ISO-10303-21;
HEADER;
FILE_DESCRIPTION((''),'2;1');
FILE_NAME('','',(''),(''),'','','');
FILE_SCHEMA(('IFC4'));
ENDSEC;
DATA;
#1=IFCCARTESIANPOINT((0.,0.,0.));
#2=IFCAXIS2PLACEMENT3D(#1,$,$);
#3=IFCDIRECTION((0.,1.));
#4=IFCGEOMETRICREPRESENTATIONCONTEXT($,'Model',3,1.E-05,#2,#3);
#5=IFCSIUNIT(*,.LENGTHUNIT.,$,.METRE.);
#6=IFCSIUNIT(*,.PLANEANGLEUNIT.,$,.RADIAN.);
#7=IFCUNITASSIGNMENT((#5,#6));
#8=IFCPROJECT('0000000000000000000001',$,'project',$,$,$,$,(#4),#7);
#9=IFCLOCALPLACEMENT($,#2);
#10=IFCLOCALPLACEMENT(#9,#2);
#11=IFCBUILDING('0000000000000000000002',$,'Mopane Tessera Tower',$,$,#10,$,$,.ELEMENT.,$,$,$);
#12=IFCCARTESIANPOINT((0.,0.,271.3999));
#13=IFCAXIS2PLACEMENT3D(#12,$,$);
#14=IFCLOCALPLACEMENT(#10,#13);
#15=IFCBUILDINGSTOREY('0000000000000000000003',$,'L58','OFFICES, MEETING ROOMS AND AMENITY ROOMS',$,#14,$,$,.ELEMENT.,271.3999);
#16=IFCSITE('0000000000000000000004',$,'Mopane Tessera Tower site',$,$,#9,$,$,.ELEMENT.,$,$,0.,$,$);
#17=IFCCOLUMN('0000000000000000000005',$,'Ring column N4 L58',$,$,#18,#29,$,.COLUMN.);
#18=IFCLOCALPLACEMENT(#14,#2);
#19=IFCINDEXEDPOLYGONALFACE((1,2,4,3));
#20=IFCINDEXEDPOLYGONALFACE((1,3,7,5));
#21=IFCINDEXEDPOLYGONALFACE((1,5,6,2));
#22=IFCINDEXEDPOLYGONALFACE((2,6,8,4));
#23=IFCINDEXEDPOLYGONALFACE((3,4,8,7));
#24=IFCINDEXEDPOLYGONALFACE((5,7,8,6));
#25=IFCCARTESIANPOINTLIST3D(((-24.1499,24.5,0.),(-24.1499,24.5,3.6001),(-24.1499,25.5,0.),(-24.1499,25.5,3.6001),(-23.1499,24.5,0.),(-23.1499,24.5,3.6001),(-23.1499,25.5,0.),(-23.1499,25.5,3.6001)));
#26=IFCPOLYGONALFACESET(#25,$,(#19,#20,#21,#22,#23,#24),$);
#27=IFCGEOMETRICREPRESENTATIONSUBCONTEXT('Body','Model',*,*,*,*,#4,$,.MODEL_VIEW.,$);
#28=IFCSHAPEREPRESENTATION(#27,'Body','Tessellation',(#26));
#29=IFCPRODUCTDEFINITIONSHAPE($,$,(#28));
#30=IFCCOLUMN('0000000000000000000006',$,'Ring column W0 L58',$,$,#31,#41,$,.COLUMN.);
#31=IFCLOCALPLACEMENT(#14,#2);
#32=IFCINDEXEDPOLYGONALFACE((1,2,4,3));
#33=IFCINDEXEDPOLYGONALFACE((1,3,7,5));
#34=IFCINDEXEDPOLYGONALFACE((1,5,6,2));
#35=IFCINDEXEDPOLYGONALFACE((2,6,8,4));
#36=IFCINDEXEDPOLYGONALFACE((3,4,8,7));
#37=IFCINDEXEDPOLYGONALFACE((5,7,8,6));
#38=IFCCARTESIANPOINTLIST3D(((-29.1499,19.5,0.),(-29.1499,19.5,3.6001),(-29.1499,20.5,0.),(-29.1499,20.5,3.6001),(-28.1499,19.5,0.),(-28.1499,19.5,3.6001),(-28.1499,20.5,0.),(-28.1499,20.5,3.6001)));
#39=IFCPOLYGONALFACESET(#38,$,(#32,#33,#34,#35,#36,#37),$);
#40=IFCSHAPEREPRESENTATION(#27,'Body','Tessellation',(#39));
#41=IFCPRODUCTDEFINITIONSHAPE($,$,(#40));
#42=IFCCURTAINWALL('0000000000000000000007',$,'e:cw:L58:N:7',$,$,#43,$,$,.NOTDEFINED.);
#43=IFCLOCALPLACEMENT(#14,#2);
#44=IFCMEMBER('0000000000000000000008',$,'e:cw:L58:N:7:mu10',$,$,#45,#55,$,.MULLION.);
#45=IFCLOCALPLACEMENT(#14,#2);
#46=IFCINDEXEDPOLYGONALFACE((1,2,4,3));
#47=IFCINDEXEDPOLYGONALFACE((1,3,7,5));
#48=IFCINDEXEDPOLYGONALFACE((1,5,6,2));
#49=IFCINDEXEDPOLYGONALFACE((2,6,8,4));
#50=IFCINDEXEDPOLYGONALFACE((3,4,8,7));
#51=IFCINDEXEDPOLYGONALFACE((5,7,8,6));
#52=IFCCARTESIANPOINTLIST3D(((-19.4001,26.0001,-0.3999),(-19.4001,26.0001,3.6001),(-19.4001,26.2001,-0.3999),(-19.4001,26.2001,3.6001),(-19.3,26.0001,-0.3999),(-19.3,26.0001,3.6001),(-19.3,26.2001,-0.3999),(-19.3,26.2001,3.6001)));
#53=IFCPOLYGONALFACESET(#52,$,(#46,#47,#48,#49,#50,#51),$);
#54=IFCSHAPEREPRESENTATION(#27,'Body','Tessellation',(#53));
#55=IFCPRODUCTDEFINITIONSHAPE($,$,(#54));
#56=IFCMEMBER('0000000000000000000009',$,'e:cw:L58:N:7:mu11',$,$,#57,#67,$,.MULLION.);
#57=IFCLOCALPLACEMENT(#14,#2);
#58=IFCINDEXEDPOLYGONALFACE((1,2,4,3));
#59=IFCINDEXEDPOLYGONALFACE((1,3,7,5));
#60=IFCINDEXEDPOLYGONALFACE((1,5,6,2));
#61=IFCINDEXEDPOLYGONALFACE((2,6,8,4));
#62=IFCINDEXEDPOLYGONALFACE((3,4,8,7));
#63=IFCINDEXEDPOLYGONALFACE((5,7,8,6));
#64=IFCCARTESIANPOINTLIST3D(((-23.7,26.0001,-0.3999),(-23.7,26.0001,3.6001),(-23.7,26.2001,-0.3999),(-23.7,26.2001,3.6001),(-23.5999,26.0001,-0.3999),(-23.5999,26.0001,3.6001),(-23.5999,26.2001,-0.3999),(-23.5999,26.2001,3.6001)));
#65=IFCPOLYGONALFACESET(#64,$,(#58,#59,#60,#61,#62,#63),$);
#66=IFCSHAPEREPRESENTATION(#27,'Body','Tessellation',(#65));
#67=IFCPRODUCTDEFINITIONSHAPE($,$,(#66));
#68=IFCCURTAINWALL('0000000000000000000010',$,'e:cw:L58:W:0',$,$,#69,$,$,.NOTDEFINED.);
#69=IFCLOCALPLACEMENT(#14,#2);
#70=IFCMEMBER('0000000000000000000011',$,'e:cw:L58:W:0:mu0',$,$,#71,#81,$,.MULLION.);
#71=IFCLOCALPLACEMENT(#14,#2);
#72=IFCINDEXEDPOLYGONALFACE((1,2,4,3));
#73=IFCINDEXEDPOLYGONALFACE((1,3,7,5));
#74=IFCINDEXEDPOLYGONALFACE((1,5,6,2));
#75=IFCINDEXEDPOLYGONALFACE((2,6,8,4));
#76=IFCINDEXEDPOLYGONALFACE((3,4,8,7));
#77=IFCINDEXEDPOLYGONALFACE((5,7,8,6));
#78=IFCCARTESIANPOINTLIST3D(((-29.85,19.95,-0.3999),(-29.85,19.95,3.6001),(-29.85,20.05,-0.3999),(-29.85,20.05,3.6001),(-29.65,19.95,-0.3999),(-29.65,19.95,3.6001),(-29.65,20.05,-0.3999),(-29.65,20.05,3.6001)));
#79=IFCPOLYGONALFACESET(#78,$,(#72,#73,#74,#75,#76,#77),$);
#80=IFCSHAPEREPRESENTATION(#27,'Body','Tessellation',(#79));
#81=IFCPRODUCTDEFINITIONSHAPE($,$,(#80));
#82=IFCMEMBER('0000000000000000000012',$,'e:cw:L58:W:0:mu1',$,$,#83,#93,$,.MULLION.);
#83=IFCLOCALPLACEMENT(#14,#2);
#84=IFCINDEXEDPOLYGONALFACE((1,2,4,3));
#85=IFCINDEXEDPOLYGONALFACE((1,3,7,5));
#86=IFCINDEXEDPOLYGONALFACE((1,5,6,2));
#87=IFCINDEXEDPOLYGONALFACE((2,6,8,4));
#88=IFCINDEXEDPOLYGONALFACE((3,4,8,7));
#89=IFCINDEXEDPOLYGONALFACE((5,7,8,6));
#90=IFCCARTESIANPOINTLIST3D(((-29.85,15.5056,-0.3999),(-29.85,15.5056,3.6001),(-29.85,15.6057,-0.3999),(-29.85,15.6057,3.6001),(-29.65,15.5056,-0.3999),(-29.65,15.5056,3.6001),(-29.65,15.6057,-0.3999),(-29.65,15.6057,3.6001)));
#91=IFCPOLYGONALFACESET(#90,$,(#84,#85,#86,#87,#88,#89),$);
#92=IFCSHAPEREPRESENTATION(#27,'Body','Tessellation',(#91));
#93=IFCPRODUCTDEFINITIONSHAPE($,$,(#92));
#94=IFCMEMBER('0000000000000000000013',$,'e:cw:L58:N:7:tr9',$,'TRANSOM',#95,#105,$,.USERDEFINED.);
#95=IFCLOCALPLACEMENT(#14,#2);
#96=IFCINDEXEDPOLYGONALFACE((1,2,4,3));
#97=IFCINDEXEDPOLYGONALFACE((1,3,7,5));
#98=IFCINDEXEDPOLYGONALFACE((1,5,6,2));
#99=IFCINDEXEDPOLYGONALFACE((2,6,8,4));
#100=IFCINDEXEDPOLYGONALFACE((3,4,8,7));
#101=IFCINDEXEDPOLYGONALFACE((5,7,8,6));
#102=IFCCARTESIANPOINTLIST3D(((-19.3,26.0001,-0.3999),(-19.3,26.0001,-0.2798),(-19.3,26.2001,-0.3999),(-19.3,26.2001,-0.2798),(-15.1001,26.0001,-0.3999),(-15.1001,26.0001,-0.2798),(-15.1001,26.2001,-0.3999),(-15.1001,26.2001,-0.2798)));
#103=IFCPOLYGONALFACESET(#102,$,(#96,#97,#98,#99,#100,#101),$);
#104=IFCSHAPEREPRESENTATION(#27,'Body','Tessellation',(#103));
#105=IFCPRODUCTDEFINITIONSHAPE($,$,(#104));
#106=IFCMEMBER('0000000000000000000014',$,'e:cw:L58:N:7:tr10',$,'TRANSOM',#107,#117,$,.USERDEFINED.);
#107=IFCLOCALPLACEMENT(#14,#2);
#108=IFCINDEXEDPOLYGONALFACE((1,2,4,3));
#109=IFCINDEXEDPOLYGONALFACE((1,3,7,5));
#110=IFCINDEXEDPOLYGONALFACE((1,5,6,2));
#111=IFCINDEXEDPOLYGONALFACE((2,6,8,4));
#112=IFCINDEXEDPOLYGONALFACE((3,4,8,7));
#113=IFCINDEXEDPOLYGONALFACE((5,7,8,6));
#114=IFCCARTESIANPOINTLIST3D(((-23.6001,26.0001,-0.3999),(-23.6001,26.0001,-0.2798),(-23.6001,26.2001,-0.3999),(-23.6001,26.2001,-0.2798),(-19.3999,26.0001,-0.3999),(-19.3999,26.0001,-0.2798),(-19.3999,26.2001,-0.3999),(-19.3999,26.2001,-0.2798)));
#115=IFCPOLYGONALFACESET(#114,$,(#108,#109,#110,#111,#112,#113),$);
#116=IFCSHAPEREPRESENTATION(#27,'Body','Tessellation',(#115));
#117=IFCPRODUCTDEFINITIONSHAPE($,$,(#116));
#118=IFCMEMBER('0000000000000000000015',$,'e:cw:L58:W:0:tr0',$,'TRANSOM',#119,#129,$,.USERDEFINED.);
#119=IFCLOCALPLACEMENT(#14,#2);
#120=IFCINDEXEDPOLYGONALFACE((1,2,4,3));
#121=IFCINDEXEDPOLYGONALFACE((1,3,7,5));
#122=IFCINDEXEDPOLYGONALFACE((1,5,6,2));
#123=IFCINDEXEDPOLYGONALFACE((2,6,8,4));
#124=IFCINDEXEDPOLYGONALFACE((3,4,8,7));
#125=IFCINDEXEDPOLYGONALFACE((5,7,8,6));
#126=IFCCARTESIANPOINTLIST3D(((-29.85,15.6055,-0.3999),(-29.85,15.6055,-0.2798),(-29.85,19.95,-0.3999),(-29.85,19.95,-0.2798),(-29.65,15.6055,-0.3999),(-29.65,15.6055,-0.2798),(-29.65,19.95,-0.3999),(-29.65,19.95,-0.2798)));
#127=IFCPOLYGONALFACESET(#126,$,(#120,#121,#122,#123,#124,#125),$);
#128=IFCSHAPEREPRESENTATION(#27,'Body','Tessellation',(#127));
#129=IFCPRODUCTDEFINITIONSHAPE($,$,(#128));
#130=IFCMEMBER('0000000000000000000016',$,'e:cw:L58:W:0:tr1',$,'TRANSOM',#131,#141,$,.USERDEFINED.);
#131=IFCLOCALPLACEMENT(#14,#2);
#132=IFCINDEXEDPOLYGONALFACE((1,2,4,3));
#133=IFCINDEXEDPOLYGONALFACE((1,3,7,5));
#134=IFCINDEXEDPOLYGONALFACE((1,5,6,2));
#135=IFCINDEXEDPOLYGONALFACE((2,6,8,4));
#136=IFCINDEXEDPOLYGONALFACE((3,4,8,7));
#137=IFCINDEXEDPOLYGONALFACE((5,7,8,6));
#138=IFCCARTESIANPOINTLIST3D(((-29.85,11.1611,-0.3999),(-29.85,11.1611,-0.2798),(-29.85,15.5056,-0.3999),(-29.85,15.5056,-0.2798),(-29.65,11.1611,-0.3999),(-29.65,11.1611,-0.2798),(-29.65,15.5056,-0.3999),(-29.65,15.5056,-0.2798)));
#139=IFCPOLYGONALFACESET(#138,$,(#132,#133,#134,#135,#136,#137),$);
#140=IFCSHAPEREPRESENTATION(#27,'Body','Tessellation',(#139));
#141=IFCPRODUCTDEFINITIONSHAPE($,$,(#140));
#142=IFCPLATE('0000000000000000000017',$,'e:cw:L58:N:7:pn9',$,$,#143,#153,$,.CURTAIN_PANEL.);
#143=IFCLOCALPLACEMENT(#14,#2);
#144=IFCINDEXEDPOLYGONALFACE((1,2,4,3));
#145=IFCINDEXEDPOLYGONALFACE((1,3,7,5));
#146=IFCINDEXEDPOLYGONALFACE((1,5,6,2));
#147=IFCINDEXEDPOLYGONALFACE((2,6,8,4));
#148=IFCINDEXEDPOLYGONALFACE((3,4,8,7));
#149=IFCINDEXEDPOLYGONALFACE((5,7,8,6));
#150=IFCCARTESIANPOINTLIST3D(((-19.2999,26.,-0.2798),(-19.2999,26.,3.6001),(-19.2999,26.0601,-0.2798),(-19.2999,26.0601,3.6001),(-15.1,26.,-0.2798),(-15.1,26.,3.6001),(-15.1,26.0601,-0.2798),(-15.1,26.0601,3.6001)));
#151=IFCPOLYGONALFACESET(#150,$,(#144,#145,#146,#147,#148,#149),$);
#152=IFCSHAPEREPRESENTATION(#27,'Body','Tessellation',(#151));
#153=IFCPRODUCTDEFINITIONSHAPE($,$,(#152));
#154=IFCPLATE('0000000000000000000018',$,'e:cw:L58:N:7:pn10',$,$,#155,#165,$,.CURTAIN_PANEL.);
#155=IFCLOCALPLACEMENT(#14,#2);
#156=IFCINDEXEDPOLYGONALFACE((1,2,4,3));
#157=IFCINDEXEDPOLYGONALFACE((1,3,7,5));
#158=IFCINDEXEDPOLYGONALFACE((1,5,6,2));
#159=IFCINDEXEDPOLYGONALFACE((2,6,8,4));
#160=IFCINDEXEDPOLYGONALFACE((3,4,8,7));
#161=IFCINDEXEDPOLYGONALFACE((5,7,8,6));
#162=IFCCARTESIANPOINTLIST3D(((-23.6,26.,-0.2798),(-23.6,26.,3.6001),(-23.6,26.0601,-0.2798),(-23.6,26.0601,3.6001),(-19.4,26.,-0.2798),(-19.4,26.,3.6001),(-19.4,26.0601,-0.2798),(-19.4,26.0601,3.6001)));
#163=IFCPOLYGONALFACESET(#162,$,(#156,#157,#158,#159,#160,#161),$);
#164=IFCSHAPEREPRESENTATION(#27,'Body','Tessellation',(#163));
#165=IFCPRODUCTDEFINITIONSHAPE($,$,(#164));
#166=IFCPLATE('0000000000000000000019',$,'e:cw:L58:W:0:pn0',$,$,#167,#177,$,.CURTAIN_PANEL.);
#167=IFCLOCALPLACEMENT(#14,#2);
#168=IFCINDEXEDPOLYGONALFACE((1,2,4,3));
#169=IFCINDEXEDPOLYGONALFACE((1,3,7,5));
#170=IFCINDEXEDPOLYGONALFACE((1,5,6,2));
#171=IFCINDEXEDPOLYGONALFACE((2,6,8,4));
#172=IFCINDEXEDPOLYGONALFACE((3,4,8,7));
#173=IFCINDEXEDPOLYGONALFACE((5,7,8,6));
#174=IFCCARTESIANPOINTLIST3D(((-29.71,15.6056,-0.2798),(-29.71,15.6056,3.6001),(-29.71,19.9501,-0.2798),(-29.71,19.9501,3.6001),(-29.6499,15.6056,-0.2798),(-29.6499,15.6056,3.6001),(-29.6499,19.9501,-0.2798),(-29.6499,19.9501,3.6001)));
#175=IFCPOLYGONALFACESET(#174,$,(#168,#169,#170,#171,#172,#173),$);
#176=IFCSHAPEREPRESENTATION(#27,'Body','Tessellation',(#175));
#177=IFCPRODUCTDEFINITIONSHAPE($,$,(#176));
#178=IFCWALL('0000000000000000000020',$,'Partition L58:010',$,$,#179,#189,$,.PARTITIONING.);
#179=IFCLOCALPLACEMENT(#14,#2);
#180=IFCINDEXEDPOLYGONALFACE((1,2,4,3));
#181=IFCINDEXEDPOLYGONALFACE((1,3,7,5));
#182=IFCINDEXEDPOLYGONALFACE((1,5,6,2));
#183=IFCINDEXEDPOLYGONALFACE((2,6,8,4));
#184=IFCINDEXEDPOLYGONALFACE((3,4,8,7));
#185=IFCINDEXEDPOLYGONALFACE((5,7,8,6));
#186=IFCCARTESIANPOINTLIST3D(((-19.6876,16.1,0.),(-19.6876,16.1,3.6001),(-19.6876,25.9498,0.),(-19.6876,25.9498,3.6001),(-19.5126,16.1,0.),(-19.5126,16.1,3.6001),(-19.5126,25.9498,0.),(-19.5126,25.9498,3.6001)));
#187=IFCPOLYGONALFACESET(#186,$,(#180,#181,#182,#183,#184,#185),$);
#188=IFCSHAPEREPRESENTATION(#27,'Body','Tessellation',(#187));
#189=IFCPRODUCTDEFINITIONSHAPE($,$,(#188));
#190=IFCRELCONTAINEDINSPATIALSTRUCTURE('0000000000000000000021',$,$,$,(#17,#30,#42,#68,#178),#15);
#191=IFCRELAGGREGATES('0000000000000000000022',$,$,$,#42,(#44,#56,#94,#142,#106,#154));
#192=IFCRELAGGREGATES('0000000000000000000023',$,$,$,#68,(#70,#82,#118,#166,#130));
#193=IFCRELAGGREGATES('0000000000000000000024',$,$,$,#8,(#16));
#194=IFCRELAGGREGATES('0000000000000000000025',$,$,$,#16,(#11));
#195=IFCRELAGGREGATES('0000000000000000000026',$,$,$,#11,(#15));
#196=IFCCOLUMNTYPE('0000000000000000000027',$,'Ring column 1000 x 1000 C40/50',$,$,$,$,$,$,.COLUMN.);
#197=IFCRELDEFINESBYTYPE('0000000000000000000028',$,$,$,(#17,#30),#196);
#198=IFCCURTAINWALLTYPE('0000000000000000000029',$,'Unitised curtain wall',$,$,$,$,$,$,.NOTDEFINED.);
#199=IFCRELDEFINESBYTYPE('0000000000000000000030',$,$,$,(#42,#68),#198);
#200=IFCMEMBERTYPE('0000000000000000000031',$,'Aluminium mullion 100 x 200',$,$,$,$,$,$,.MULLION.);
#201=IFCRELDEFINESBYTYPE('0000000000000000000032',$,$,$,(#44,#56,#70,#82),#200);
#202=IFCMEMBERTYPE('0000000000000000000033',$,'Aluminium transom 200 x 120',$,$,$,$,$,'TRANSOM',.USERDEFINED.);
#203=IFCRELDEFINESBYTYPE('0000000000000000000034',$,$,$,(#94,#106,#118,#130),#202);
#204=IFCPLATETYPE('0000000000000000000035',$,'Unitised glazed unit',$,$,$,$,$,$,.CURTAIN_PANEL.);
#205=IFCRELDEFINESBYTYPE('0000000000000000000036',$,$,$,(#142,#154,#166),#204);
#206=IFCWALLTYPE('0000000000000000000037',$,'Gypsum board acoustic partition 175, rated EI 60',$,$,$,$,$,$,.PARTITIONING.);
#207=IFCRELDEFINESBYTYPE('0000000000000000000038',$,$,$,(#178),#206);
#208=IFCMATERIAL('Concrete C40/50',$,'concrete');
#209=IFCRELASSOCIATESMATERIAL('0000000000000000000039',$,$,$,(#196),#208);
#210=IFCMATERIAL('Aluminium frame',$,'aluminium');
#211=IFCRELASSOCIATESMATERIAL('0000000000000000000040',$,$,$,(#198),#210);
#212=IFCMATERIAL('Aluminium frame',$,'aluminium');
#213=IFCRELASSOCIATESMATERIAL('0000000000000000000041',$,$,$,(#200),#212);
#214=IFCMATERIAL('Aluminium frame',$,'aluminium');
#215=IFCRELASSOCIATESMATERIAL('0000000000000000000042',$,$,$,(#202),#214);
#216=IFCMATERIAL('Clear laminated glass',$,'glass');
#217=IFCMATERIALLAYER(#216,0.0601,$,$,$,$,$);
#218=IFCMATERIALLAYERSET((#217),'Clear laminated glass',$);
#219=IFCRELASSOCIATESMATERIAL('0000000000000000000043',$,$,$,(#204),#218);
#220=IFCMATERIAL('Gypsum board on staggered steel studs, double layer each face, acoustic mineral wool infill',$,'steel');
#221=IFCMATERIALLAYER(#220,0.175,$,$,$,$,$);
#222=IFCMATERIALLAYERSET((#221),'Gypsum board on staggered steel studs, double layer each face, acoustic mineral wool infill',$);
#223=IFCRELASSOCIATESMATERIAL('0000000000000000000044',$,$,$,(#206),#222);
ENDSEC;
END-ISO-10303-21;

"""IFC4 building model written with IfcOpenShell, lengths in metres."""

from ifc_helpers import new_model, si_unit, direction, frame, frame_2d, origin, origin_2d, place, context, subcontext, project, spatial, rectangle, extrude, material, layer, layer_set, material_profile, profile_set, type_object, element, aggregate, save


model = new_model("IFC4")

# Units and contexts
model_context = context("Model", 3, precision=1e-05, world=origin(), true_north=direction((0.0, 1.0)))
body_context = subcontext(model_context, "Body", "Model", "MODEL_VIEW")
ifc_project = project(units=[si_unit("LENGTHUNIT", "METRE"), si_unit("PLANEANGLEUNIT", "RADIAN")], contexts=[model_context])

# Site, building, storey
site_placement = place(None, origin())
site = spatial("IfcSite", under=ifc_project, at=site_placement, Name="Mopane Tessera Tower site", CompositionType="ELEMENT", RefElevation=0.0)
building_placement = place(site_placement, origin())
building = spatial("IfcBuilding", under=site, at=building_placement, Name="Mopane Tessera Tower", CompositionType="ELEMENT")
storey_placement = place(building_placement, frame((0.0, 0.0, 271.3999)))
storey = spatial("IfcBuildingStorey", under=building, at=storey_placement, Name="L58", Description="OFFICES, MEETING ROOMS AND AMENITY ROOMS", CompositionType="ELEMENT", Elevation=271.3999)

# Columns
ifc_material_1 = material(Name="Concrete C40/50", Category="concrete")
ifc_material_profile_1 = material_profile(ifc_material_1, rectangle(XDim=1.0, YDim=1.0, at=origin_2d()))
ifc_profile_set_1 = profile_set([ifc_material_profile_1], Name="Concrete C40/50")
column_type = type_object("IfcColumnType", Name="Ring column 1000 x 1000 C40/50", PredefinedType="COLUMN", material=ifc_profile_set_1)
for number, where, z_axis, x_axis, name in (
    (1, (-23.6499, 25.0, 0.0), (0.0, 0.0, 1.0), (1.0, 0.0, 0.0), "Ring column N4 L58"),
    (2, (-28.6499, 20.0, 0.0), (0.0, 0.0, 1.0), (1.0, 0.0, 0.0), "Ring column W0 L58"),
):
    element("IfcColumn", number, at=place(storey_placement, frame(where, z_axis=z_axis, x_axis=x_axis)), inside=storey, type_object=column_type, Name=name, PredefinedType="COLUMN", context=body_context, shape_type="SweptSolid", body=[
        extrude(rectangle(XDim=1.0, YDim=1.0, at=origin_2d()), origin(), (0.0, 0.0, 1.0), 3.6001),
    ])

# Curtain walls, members
ifc_material_2 = material(Name="Aluminium frame", Category="aluminium")
curtain_wall_type = type_object("IfcCurtainWallType", Name="Unitised curtain wall", PredefinedType="NOTDEFINED", material=ifc_material_2)
curtain_wall_1_placement = place(storey_placement, origin())
curtain_wall_1 = element("IfcCurtainWall", 3, at=curtain_wall_1_placement, inside=storey, type_object=curtain_wall_type, Name="e:cw:L58:N:7", PredefinedType="NOTDEFINED")
ifc_material_3 = material(Name="Aluminium frame", Category="aluminium")
ifc_material_profile_2 = material_profile(ifc_material_3, rectangle(XDim=0.1001, YDim=0.2, at=origin_2d()))
ifc_profile_set_2 = profile_set([ifc_material_profile_2], Name="Aluminium frame")
member_type_1 = type_object("IfcMemberType", Name="Aluminium mullion 100 x 200", PredefinedType="MULLION", material=ifc_profile_set_2)
member_1_placement = place(storey_placement, frame((-19.3501, 26.1001, -0.3999), z_axis=(0.0, 0.0, 1.0), x_axis=(-1.0, 0.0, 0.0)))
member_1 = element("IfcMember", 4, at=member_1_placement, type_object=member_type_1, Name="e:cw:L58:N:7:mu10", PredefinedType="MULLION", context=body_context, shape_type="SweptSolid", body=[
    extrude(rectangle(XDim=0.1001, YDim=0.2, at=origin_2d()), origin(), (0.0, 0.0, 1.0), 4.0),
])
member_2_placement = place(storey_placement, frame((-23.6499, 26.1001, -0.3999), z_axis=(0.0, 0.0, 1.0), x_axis=(-1.0, 0.0, 0.0)))
member_2 = element("IfcMember", 5, at=member_2_placement, type_object=member_type_1, Name="e:cw:L58:N:7:mu11", PredefinedType="MULLION", context=body_context, shape_type="SweptSolid", body=[
    extrude(rectangle(XDim=0.1001, YDim=0.2, at=origin_2d()), origin(), (0.0, 0.0, 1.0), 4.0),
])
curtain_wall_2_placement = place(storey_placement, origin())
curtain_wall_2 = element("IfcCurtainWall", 6, at=curtain_wall_2_placement, inside=storey, type_object=curtain_wall_type, Name="e:cw:L58:W:0", PredefinedType="NOTDEFINED")
member_3_placement = place(storey_placement, frame((-29.75, 20.0, -0.3999), z_axis=(0.0, 0.0, 1.0), x_axis=(0.0, -1.0, 0.0)))
member_3 = element("IfcMember", 7, at=member_3_placement, type_object=member_type_1, Name="e:cw:L58:W:0:mu0", PredefinedType="MULLION", context=body_context, shape_type="SweptSolid", body=[
    extrude(rectangle(XDim=0.1001, YDim=0.2, at=origin_2d()), origin(), (0.0, 0.0, 1.0), 4.0),
])
member_4_placement = place(storey_placement, frame((-29.75, 15.5557, -0.3999), z_axis=(0.0, 0.0, 1.0), x_axis=(0.0, -1.0, 0.0)))
member_4 = element("IfcMember", 8, at=member_4_placement, type_object=member_type_1, Name="e:cw:L58:W:0:mu1", PredefinedType="MULLION", context=body_context, shape_type="SweptSolid", body=[
    extrude(rectangle(XDim=0.1001, YDim=0.2, at=origin_2d()), origin(), (0.0, 0.0, 1.0), 4.0),
])

# Members
ifc_material_4 = material(Name="Aluminium frame", Category="aluminium")
ifc_material_profile_3 = material_profile(ifc_material_4, rectangle(XDim=0.2, YDim=0.1201, at=origin_2d()))
ifc_profile_set_3 = profile_set([ifc_material_profile_3], Name="Aluminium frame")
member_type_2 = type_object("IfcMemberType", Name="Aluminium transom 200 x 120", ElementType="TRANSOM", PredefinedType="USERDEFINED", material=ifc_profile_set_3)
member_5_placement = place(storey_placement, frame((-15.1001, 26.1001, -0.3398), z_axis=(-1.0, 0.0, 0.0), x_axis=(0.0, -1.0, 0.0)))
member_5 = element("IfcMember", 9, at=member_5_placement, type_object=member_type_2, Name="e:cw:L58:N:7:tr9", ObjectType="TRANSOM", PredefinedType="USERDEFINED", context=body_context, shape_type="SweptSolid", body=[
    extrude(rectangle(XDim=0.2, YDim=0.1201, at=origin_2d()), origin(), (0.0, 0.0, 1.0), 4.2),
])
member_6_placement = place(storey_placement, frame((-19.3999, 26.1001, -0.3398), z_axis=(-1.0, 0.0, 0.0), x_axis=(0.0, -1.0, 0.0)))
member_6 = element("IfcMember", 10, at=member_6_placement, type_object=member_type_2, Name="e:cw:L58:N:7:tr10", ObjectType="TRANSOM", PredefinedType="USERDEFINED", context=body_context, shape_type="SweptSolid", body=[
    extrude(rectangle(XDim=0.2, YDim=0.1201, at=origin_2d()), origin(), (0.0, 0.0, 1.0), 4.2002),
])
member_7_placement = place(storey_placement, frame((-29.75, 19.95, -0.3398), z_axis=(0.0, -1.0, 0.0), x_axis=(1.0, 0.0, 0.0)))
member_7 = element("IfcMember", 11, at=member_7_placement, type_object=member_type_2, Name="e:cw:L58:W:0:tr0", ObjectType="TRANSOM", PredefinedType="USERDEFINED", context=body_context, shape_type="SweptSolid", body=[
    extrude(rectangle(XDim=0.2, YDim=0.1201, at=origin_2d()), origin(), (0.0, 0.0, 1.0), 4.3445),
])
member_8_placement = place(storey_placement, frame((-29.75, 15.5056, -0.3398), z_axis=(0.0, -1.0, 0.0), x_axis=(1.0, 0.0, 0.0)))
member_8 = element("IfcMember", 12, at=member_8_placement, type_object=member_type_2, Name="e:cw:L58:W:0:tr1", ObjectType="TRANSOM", PredefinedType="USERDEFINED", context=body_context, shape_type="SweptSolid", body=[
    extrude(rectangle(XDim=0.2, YDim=0.1201, at=origin_2d()), origin(), (0.0, 0.0, 1.0), 4.3445),
])

# Plates
ifc_material_5 = material(Name="Clear laminated glass", Category="glass")
ifc_layer_1 = layer(ifc_material_5, 0.0601)
ifc_layer_set_1 = layer_set([ifc_layer_1], Name="Clear laminated glass")
plate_type = type_object("IfcPlateType", Name="Unitised glazed unit", PredefinedType="CURTAIN_PANEL", material=ifc_layer_set_1)
plate_1_placement = place(storey_placement, frame((-17.2, 26.03, -0.2798), z_axis=(0.0, 0.0, 1.0), x_axis=(-1.0, 0.0, 0.0)))
plate_1 = element("IfcPlate", 13, at=plate_1_placement, type_object=plate_type, Name="e:cw:L58:N:7:pn9", PredefinedType="CURTAIN_PANEL", context=body_context, shape_type="SweptSolid", body=[
    extrude(rectangle(XDim=4.2, YDim=0.0601, at=origin_2d()), origin(), (0.0, 0.0, 1.0), 3.8799),
])
plate_2_placement = place(storey_placement, frame((-21.5, 26.03, -0.2798), z_axis=(0.0, 0.0, 1.0), x_axis=(-1.0, 0.0, 0.0)))
plate_2 = element("IfcPlate", 14, at=plate_2_placement, type_object=plate_type, Name="e:cw:L58:N:7:pn10", PredefinedType="CURTAIN_PANEL", context=body_context, shape_type="SweptSolid", body=[
    extrude(rectangle(XDim=4.2, YDim=0.0601, at=origin_2d()), origin(), (0.0, 0.0, 1.0), 3.8799),
])
aggregate(curtain_wall_1, [member_1, member_2, member_5, plate_1, member_6, plate_2])
plate_3_placement = place(storey_placement, frame((-29.6799, 17.7778, -0.2798), z_axis=(0.0, 0.0, 1.0), x_axis=(0.0, -1.0, 0.0)))
plate_3 = element("IfcPlate", 15, at=plate_3_placement, type_object=plate_type, Name="e:cw:L58:W:0:pn0", PredefinedType="CURTAIN_PANEL", context=body_context, shape_type="SweptSolid", body=[
    extrude(rectangle(XDim=4.3445, YDim=0.0601, at=origin_2d()), origin(), (0.0, 0.0, 1.0), 3.8799),
])
aggregate(curtain_wall_2, [member_3, member_4, member_7, plate_3, member_8])

# Wall
ifc_material_6 = material(Name="Gypsum board on staggered steel studs, double layer each face, acoustic mineral wool infill", Category="steel")
ifc_layer_2 = layer(ifc_material_6, 0.175)
ifc_layer_set_2 = layer_set([ifc_layer_2], Name="Gypsum board on staggered steel studs, double layer each face, acoustic mineral wool infill")
wall_type_1 = type_object("IfcWallType", Name="Gypsum board acoustic partition 175, rated EI 60", PredefinedType="PARTITIONING", material=ifc_layer_set_2)
wall_1_placement = place(storey_placement, frame((-19.6001, 16.1001, 0.0), z_axis=(0.0, 0.0, 1.0), x_axis=(0.0, 1.0, 0.0)))
element("IfcWall", 16, at=wall_1_placement, inside=storey, type_object=wall_type_1, Name="Partition L58:010", PredefinedType="PARTITIONING", context=body_context, shape_type="SweptSolid", body=[
    extrude(rectangle(XDim=9.8499, YDim=0.175, at=frame_2d((4.9248, 0.0))), origin(), (0.0, 0.0, 1.0), 3.6001),
])

save(model, "model.ifc")
